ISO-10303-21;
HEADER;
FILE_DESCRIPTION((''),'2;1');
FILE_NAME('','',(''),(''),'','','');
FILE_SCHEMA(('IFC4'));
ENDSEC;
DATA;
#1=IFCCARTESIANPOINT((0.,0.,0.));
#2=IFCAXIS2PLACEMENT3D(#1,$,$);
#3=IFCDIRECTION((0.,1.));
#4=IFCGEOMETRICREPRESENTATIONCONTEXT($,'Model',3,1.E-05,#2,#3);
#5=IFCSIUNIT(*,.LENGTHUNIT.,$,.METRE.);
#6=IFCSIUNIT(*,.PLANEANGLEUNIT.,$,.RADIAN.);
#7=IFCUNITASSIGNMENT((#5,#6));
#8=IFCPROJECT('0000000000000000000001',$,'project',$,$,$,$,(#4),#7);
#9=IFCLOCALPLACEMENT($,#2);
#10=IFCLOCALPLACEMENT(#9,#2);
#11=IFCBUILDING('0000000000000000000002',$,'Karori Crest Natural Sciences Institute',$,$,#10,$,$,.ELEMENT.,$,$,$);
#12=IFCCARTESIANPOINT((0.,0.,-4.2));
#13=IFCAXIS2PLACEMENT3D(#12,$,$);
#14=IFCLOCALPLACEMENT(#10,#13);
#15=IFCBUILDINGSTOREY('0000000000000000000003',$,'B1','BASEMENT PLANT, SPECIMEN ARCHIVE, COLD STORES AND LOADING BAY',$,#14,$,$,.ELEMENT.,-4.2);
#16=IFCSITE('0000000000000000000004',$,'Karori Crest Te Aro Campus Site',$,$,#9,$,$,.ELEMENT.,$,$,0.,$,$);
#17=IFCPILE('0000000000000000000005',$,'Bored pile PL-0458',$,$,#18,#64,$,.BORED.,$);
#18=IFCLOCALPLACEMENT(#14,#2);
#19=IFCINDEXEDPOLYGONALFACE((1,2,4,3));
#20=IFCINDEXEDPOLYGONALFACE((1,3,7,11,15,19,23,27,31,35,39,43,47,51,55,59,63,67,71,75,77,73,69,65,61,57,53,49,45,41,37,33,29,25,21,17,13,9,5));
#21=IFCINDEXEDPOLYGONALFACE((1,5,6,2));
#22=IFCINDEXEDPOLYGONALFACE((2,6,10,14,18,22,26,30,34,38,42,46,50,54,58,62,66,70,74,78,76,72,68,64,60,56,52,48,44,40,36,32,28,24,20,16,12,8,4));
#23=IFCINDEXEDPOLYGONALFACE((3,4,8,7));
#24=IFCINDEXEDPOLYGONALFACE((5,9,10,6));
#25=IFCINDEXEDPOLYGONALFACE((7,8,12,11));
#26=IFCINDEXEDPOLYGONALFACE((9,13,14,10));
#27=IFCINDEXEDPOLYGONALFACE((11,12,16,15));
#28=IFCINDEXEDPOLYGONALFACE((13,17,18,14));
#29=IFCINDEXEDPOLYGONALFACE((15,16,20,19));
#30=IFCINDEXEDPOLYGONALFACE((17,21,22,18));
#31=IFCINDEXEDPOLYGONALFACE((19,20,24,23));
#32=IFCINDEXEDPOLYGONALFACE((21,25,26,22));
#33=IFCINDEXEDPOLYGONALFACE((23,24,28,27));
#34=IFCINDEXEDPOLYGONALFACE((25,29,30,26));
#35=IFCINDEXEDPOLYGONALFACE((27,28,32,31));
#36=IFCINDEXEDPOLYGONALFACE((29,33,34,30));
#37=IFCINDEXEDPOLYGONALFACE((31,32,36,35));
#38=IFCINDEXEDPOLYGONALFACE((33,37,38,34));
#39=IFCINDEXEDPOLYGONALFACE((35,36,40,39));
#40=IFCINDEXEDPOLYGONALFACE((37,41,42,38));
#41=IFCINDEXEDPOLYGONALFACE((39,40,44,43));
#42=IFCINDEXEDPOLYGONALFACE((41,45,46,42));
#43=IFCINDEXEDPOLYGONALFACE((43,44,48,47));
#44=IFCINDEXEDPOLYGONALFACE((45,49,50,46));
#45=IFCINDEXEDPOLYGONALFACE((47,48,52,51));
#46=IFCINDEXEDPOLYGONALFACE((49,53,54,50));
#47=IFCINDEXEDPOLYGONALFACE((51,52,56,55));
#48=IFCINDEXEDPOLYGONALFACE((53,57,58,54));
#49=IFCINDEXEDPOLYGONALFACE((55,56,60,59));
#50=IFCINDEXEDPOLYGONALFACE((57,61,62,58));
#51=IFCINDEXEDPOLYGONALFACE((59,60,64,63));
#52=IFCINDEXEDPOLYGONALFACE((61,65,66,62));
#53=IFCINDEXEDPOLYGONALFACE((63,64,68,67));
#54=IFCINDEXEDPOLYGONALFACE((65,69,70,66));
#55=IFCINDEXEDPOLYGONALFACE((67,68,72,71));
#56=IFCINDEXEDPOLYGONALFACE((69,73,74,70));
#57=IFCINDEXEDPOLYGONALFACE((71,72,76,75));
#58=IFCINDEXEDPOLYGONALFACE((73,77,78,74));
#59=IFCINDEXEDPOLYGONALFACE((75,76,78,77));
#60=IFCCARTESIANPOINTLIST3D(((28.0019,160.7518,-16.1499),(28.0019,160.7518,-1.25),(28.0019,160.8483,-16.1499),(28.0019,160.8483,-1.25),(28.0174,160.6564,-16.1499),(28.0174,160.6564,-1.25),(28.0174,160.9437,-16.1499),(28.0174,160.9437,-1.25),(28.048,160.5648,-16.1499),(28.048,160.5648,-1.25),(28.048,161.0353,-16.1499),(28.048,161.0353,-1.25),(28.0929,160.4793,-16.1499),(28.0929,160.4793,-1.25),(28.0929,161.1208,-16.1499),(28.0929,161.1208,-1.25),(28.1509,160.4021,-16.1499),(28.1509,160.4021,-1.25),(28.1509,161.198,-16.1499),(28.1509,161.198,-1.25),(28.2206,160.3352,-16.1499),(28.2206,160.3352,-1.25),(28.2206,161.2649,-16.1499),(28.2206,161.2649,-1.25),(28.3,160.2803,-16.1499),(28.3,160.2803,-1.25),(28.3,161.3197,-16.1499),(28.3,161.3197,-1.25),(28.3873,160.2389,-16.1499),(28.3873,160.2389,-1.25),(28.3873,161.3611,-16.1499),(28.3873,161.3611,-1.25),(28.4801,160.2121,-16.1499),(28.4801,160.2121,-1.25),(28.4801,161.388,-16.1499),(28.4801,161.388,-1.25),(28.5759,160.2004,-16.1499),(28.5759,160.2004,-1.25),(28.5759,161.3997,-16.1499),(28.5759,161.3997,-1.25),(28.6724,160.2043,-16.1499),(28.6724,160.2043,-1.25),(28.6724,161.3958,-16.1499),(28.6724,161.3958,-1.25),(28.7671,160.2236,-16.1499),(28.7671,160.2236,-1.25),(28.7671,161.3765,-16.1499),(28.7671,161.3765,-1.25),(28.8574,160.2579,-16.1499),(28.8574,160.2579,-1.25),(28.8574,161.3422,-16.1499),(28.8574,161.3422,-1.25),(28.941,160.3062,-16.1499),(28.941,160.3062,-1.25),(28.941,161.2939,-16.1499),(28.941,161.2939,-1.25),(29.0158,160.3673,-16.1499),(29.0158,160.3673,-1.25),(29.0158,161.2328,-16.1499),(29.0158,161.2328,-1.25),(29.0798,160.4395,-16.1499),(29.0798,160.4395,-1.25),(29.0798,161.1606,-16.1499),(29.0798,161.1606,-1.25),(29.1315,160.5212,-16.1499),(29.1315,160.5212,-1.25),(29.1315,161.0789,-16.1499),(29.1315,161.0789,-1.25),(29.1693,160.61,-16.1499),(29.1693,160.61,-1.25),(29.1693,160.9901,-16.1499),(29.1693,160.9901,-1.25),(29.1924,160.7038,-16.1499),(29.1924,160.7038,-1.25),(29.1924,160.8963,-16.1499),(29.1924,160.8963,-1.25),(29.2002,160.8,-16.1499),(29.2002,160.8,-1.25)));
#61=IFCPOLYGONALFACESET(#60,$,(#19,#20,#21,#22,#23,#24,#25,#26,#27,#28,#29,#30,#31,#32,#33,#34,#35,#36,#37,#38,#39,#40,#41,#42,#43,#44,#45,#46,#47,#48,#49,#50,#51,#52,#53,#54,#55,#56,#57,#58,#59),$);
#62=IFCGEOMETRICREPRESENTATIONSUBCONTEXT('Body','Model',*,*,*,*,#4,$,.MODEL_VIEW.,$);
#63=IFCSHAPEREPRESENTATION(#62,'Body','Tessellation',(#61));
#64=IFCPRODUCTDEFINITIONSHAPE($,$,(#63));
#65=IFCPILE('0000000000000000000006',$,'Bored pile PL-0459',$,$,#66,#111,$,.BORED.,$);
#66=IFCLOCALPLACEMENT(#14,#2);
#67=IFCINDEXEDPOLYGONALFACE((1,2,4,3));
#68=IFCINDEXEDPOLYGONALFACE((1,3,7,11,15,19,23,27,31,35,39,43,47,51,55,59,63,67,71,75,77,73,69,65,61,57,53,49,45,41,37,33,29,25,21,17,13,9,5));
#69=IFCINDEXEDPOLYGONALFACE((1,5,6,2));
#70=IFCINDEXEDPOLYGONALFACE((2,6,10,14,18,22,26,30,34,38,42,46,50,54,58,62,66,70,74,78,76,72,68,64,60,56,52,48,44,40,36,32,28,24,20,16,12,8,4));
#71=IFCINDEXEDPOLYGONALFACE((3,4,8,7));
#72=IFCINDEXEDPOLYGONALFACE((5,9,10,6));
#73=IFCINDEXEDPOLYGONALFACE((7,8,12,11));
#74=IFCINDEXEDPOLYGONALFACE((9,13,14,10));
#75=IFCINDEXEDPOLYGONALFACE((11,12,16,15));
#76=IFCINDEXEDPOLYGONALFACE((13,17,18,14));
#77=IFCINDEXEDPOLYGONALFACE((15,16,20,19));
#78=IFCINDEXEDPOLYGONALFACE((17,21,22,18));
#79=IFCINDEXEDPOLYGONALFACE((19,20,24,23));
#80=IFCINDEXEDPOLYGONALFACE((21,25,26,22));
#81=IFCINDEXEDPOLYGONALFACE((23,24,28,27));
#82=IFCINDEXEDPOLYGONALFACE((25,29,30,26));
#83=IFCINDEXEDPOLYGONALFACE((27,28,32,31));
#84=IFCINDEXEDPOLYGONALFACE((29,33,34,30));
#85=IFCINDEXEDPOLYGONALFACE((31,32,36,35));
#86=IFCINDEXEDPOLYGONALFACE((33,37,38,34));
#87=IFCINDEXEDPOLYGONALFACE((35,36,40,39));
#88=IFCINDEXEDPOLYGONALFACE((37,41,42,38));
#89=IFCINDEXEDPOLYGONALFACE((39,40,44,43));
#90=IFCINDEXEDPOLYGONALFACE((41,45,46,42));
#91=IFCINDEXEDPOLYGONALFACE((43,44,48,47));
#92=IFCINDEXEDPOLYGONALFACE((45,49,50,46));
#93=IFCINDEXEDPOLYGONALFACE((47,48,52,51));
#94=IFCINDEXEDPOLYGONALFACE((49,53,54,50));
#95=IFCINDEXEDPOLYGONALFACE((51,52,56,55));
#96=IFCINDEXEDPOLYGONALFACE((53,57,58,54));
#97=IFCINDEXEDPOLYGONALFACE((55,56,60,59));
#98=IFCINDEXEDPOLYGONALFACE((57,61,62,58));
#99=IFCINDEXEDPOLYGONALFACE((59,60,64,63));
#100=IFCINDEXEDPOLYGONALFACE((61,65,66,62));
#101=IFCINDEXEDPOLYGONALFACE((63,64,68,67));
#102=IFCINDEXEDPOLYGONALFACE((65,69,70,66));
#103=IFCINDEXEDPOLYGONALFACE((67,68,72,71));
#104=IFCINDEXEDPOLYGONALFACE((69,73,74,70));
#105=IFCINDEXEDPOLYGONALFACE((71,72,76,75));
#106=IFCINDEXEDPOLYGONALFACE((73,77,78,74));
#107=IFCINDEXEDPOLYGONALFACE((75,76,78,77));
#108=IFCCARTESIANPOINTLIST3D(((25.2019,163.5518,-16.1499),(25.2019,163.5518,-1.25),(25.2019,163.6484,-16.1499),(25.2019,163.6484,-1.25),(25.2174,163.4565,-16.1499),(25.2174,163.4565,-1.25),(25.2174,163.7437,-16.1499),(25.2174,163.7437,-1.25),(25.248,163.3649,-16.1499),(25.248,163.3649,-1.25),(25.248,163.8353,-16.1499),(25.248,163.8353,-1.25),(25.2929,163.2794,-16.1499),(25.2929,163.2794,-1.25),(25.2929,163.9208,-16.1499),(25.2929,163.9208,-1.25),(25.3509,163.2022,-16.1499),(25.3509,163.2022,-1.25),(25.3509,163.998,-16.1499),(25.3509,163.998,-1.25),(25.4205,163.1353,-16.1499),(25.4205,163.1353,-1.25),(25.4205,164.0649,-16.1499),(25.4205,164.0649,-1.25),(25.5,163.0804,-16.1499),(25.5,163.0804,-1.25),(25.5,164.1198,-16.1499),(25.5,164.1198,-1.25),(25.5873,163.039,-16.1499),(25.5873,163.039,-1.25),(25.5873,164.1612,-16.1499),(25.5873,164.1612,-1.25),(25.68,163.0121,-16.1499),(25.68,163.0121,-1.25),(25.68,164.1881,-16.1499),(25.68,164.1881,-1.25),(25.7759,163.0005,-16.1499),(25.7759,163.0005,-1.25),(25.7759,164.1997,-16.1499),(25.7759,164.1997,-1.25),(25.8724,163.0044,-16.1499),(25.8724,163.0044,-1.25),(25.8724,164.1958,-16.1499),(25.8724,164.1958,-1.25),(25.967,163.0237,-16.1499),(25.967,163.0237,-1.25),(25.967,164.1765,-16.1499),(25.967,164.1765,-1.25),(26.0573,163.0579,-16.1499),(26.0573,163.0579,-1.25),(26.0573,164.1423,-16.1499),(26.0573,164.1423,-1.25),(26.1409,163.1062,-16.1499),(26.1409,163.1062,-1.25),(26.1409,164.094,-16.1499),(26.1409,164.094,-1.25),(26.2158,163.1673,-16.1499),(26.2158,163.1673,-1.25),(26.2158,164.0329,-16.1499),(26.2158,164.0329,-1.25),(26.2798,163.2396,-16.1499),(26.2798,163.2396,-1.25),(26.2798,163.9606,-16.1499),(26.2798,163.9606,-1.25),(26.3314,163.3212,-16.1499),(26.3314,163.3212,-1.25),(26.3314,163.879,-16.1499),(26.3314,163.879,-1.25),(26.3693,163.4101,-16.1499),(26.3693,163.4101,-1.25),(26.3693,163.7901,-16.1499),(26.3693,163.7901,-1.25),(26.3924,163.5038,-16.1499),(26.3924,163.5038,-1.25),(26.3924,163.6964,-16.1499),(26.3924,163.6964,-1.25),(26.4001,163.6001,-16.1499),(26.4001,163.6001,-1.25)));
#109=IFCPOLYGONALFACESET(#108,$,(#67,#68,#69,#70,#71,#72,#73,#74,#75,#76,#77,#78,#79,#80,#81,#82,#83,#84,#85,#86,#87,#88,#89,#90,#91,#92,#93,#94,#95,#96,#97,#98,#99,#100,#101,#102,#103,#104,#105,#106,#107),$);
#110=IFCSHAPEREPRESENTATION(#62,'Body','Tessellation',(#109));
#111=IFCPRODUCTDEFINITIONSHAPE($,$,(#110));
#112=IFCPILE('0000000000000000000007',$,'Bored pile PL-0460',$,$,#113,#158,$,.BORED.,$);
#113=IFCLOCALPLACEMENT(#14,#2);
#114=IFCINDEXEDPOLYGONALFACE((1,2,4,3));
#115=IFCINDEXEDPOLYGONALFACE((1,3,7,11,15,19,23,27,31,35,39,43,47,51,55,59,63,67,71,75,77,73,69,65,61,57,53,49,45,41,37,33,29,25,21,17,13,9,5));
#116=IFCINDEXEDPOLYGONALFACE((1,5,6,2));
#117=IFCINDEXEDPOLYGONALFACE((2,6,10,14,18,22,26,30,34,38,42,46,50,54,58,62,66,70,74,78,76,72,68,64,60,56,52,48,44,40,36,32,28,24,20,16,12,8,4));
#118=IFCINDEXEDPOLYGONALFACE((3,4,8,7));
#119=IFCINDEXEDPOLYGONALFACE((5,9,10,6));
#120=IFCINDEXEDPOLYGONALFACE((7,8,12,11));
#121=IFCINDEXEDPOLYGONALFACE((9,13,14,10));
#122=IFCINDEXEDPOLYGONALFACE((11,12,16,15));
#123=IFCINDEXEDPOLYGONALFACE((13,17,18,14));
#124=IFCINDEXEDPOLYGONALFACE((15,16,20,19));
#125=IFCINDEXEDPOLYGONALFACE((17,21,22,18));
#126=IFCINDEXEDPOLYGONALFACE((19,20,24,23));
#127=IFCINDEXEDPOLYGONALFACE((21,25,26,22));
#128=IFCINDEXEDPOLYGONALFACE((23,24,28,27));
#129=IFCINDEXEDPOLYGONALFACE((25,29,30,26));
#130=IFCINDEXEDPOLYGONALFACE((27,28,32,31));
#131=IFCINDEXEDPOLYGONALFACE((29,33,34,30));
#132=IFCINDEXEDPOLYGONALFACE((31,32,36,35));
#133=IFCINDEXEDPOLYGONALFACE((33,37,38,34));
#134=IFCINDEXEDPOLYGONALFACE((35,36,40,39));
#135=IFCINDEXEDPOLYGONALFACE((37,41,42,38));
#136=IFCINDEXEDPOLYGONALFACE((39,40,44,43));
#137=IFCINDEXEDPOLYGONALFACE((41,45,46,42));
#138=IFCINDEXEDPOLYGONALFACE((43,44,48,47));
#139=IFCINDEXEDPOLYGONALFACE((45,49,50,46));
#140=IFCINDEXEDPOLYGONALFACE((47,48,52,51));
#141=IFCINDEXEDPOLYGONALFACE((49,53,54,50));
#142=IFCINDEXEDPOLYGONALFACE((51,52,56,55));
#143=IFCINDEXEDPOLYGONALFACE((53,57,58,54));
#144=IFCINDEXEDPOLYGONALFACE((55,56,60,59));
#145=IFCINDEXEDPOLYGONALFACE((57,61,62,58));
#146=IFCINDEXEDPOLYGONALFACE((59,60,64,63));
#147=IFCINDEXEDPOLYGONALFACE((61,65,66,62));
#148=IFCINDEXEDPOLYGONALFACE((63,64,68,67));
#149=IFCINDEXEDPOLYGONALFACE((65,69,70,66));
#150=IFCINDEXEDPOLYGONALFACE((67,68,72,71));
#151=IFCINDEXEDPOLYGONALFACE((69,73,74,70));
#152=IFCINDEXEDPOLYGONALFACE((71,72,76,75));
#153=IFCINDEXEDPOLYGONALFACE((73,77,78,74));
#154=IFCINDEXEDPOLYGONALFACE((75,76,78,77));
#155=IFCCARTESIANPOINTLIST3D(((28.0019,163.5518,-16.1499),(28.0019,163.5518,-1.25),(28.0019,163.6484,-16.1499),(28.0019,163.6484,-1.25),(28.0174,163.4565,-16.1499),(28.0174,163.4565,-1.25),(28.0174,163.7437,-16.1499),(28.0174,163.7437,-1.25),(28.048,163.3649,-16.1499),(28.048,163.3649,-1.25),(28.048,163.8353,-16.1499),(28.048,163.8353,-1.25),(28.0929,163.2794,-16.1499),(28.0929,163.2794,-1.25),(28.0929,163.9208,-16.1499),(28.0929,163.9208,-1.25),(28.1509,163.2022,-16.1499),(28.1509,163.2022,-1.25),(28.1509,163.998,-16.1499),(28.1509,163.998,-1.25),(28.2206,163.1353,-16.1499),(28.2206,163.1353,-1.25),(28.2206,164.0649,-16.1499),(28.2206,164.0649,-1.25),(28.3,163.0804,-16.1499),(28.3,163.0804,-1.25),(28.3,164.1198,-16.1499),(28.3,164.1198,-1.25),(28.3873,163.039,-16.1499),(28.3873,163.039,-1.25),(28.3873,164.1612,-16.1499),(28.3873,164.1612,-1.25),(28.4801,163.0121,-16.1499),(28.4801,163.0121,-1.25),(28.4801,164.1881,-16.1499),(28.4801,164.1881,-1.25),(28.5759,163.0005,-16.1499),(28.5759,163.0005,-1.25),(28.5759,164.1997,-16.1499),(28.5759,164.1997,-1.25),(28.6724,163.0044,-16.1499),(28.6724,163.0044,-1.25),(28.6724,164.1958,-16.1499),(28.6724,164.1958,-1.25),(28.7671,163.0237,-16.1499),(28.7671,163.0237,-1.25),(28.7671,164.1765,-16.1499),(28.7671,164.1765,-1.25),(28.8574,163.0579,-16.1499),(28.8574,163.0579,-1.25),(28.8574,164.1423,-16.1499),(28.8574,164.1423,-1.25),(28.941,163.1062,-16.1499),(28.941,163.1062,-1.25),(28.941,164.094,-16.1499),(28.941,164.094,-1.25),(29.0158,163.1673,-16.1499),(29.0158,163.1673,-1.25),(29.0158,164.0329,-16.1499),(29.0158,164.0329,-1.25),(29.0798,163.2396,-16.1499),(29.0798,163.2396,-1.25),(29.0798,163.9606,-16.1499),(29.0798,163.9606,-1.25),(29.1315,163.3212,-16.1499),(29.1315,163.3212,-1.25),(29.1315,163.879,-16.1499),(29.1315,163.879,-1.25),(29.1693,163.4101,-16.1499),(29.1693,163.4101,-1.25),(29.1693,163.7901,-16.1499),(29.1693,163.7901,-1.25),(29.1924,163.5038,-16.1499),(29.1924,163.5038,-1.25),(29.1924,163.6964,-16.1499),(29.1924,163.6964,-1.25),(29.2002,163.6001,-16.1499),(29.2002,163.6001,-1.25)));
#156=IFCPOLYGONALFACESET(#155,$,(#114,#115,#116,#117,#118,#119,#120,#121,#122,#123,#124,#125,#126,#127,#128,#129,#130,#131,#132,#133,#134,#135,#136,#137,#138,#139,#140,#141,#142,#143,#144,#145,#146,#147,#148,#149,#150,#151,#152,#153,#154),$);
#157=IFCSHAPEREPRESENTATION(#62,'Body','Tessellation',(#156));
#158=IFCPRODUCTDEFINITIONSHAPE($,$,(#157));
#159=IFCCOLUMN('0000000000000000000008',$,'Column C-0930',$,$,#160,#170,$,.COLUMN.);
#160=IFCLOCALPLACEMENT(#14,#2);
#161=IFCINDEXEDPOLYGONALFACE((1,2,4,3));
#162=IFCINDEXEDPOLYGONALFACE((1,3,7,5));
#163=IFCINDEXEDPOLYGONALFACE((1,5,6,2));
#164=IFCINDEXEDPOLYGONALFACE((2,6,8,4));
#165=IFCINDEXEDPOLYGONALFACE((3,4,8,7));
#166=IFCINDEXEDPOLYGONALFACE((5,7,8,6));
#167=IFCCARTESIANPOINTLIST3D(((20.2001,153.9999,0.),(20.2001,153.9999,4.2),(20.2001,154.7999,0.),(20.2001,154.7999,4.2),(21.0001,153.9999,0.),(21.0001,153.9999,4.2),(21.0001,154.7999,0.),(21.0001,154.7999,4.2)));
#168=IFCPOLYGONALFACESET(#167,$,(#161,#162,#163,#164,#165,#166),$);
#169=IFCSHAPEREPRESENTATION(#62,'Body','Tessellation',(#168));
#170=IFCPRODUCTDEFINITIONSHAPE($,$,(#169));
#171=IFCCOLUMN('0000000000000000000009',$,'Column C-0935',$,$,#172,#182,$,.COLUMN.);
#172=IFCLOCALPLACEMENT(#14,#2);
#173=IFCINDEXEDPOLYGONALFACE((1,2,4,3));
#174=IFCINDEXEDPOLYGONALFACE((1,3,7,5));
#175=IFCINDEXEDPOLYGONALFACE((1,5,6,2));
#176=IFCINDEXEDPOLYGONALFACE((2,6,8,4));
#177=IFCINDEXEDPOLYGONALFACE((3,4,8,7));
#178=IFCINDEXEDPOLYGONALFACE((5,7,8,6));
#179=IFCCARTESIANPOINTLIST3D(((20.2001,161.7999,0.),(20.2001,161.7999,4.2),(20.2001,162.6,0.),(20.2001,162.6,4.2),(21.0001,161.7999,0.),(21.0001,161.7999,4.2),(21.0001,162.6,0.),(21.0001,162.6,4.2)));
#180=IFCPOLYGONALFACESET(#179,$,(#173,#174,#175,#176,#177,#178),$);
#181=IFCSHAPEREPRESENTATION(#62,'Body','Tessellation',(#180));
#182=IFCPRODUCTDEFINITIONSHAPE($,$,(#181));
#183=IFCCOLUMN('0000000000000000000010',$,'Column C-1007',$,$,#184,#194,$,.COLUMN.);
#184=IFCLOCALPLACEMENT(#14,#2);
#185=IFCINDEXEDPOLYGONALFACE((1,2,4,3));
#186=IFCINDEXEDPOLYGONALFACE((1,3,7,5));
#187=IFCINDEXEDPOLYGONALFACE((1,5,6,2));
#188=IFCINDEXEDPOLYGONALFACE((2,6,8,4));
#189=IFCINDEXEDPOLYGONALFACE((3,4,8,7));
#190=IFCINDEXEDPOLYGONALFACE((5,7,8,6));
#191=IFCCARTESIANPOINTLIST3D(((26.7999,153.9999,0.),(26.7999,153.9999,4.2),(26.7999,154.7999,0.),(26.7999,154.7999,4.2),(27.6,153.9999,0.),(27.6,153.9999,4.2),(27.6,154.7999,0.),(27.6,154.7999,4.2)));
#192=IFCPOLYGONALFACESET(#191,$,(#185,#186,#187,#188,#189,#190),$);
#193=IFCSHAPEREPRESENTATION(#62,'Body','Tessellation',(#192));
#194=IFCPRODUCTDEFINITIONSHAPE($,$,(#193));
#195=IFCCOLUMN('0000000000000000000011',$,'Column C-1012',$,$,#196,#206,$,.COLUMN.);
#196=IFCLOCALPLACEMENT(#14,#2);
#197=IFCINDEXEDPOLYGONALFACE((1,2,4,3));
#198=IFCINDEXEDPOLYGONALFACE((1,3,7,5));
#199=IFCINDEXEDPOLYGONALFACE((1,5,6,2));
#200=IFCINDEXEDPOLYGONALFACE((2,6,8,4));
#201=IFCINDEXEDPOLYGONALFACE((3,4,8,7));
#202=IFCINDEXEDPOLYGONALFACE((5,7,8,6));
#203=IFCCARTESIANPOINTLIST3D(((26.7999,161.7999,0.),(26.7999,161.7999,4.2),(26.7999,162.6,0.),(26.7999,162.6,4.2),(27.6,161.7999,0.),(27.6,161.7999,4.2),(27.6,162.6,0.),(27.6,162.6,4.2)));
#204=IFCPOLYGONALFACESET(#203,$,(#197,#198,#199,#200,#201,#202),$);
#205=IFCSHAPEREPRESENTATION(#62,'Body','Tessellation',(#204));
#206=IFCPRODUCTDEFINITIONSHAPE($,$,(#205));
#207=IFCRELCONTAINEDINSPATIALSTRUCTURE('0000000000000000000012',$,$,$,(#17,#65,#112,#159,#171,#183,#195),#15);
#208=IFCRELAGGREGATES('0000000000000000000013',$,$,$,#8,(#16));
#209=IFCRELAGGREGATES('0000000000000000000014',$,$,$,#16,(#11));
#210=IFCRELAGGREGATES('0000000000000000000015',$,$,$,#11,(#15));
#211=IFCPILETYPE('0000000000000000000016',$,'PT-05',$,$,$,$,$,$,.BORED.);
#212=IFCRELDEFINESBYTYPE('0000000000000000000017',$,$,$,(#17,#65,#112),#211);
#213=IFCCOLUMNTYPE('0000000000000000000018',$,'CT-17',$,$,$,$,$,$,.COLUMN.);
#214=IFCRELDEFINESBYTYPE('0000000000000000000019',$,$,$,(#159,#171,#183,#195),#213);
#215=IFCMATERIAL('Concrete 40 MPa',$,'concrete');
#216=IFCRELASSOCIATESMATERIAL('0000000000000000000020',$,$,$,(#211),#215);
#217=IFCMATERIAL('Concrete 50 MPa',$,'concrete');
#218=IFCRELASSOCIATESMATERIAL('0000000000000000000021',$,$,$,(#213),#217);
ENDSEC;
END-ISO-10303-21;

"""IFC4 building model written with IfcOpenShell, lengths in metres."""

from ifc_helpers import new_model, si_unit, direction, frame, origin, origin_2d, place, context, subcontext, project, spatial, rectangle, circle, extrude, material, material_profile, profile_set, type_object, element, save


model = new_model("IFC4")

# Units and contexts
model_context = context("Model", 3, precision=1e-05, world=origin(), true_north=direction((0.0, 1.0)))
body_context = subcontext(model_context, "Body", "Model", "MODEL_VIEW")
ifc_project = project(units=[si_unit("LENGTHUNIT", "METRE"), si_unit("PLANEANGLEUNIT", "RADIAN")], contexts=[model_context])

# Site, building, storey
site_placement = place(None, origin())
site = spatial("IfcSite", under=ifc_project, at=site_placement, Name="Karori Crest Te Aro Campus Site", CompositionType="ELEMENT", RefElevation=0.0)
building_placement = place(site_placement, origin())
building = spatial("IfcBuilding", under=site, at=building_placement, Name="Karori Crest Natural Sciences Institute", CompositionType="ELEMENT")
storey_placement = place(building_placement, frame((0.0, 0.0, -4.2)))
storey = spatial("IfcBuildingStorey", under=building, at=storey_placement, Name="B1", Description="BASEMENT PLANT, SPECIMEN ARCHIVE, COLD STORES AND LOADING BAY", CompositionType="ELEMENT", Elevation=-4.2)

# Shared definitions
ifc_material_1 = material(Name="Concrete 40 MPa", Category="concrete")

# Piles
ifc_material_profile_1 = material_profile(ifc_material_1, circle(Radius=0.6001, at=origin_2d()), Name="PILE1200")
ifc_profile_set_1 = profile_set([ifc_material_profile_1], Name="Concrete 40 MPa")
pile_type = type_object("IfcPileType", Name="PT-05", PredefinedType="BORED", material=ifc_profile_set_1)
for number, where, z_axis, x_axis, name in (
    (1, (28.6001, 160.8, -1.25), (0.0, 0.0, -1.0), (1.0, 0.0, 0.0), "Bored pile PL-0458"),
    (2, (25.8, 163.6001, -1.25), (0.0, 0.0, -1.0), (1.0, 0.0, 0.0), "Bored pile PL-0459"),
    (3, (28.6001, 163.6001, -1.25), (0.0, 0.0, -1.0), (1.0, 0.0, 0.0), "Bored pile PL-0460"),
):
    element("IfcPile", number, at=place(storey_placement, frame(where, z_axis=z_axis, x_axis=x_axis)), inside=storey, type_object=pile_type, Name=name, PredefinedType="BORED", context=body_context, shape_type="SweptSolid", body=[
        extrude(circle(Radius=0.6001, at=origin_2d()), origin(), (0.0, 0.0, 1.0), 14.8999),
    ])

# Columns
ifc_material_2 = material(Name="Concrete 50 MPa", Category="concrete")
ifc_material_profile_2 = material_profile(ifc_material_2, rectangle(XDim=0.8, YDim=0.8, at=origin_2d()), Name="RC800x800")
ifc_profile_set_2 = profile_set([ifc_material_profile_2], Name="Concrete 50 MPa")
column_type = type_object("IfcColumnType", Name="CT-17", PredefinedType="COLUMN", material=ifc_profile_set_2)
for number, where, z_axis, x_axis, name in (
    (4, (20.6001, 154.3999, 0.0), (0.0, 0.0, 1.0), (1.0, 0.0, 0.0), "Column C-0930"),
    (5, (20.6001, 162.2, 0.0), (0.0, 0.0, 1.0), (1.0, 0.0, 0.0), "Column C-0935"),
    (6, (27.2, 154.3999, 0.0), (0.0, 0.0, 1.0), (1.0, 0.0, 0.0), "Column C-1007"),
    (7, (27.2, 162.2, 0.0), (0.0, 0.0, 1.0), (1.0, 0.0, 0.0), "Column C-1012"),
):
    element("IfcColumn", number, at=place(storey_placement, frame(where, z_axis=z_axis, x_axis=x_axis)), inside=storey, type_object=column_type, Name=name, PredefinedType="COLUMN", context=body_context, shape_type="SweptSolid", body=[
        extrude(rectangle(XDim=0.8, YDim=0.8, at=origin_2d()), origin(), (0.0, 0.0, 1.0), 4.2),
    ])

save(model, "model.ifc")
